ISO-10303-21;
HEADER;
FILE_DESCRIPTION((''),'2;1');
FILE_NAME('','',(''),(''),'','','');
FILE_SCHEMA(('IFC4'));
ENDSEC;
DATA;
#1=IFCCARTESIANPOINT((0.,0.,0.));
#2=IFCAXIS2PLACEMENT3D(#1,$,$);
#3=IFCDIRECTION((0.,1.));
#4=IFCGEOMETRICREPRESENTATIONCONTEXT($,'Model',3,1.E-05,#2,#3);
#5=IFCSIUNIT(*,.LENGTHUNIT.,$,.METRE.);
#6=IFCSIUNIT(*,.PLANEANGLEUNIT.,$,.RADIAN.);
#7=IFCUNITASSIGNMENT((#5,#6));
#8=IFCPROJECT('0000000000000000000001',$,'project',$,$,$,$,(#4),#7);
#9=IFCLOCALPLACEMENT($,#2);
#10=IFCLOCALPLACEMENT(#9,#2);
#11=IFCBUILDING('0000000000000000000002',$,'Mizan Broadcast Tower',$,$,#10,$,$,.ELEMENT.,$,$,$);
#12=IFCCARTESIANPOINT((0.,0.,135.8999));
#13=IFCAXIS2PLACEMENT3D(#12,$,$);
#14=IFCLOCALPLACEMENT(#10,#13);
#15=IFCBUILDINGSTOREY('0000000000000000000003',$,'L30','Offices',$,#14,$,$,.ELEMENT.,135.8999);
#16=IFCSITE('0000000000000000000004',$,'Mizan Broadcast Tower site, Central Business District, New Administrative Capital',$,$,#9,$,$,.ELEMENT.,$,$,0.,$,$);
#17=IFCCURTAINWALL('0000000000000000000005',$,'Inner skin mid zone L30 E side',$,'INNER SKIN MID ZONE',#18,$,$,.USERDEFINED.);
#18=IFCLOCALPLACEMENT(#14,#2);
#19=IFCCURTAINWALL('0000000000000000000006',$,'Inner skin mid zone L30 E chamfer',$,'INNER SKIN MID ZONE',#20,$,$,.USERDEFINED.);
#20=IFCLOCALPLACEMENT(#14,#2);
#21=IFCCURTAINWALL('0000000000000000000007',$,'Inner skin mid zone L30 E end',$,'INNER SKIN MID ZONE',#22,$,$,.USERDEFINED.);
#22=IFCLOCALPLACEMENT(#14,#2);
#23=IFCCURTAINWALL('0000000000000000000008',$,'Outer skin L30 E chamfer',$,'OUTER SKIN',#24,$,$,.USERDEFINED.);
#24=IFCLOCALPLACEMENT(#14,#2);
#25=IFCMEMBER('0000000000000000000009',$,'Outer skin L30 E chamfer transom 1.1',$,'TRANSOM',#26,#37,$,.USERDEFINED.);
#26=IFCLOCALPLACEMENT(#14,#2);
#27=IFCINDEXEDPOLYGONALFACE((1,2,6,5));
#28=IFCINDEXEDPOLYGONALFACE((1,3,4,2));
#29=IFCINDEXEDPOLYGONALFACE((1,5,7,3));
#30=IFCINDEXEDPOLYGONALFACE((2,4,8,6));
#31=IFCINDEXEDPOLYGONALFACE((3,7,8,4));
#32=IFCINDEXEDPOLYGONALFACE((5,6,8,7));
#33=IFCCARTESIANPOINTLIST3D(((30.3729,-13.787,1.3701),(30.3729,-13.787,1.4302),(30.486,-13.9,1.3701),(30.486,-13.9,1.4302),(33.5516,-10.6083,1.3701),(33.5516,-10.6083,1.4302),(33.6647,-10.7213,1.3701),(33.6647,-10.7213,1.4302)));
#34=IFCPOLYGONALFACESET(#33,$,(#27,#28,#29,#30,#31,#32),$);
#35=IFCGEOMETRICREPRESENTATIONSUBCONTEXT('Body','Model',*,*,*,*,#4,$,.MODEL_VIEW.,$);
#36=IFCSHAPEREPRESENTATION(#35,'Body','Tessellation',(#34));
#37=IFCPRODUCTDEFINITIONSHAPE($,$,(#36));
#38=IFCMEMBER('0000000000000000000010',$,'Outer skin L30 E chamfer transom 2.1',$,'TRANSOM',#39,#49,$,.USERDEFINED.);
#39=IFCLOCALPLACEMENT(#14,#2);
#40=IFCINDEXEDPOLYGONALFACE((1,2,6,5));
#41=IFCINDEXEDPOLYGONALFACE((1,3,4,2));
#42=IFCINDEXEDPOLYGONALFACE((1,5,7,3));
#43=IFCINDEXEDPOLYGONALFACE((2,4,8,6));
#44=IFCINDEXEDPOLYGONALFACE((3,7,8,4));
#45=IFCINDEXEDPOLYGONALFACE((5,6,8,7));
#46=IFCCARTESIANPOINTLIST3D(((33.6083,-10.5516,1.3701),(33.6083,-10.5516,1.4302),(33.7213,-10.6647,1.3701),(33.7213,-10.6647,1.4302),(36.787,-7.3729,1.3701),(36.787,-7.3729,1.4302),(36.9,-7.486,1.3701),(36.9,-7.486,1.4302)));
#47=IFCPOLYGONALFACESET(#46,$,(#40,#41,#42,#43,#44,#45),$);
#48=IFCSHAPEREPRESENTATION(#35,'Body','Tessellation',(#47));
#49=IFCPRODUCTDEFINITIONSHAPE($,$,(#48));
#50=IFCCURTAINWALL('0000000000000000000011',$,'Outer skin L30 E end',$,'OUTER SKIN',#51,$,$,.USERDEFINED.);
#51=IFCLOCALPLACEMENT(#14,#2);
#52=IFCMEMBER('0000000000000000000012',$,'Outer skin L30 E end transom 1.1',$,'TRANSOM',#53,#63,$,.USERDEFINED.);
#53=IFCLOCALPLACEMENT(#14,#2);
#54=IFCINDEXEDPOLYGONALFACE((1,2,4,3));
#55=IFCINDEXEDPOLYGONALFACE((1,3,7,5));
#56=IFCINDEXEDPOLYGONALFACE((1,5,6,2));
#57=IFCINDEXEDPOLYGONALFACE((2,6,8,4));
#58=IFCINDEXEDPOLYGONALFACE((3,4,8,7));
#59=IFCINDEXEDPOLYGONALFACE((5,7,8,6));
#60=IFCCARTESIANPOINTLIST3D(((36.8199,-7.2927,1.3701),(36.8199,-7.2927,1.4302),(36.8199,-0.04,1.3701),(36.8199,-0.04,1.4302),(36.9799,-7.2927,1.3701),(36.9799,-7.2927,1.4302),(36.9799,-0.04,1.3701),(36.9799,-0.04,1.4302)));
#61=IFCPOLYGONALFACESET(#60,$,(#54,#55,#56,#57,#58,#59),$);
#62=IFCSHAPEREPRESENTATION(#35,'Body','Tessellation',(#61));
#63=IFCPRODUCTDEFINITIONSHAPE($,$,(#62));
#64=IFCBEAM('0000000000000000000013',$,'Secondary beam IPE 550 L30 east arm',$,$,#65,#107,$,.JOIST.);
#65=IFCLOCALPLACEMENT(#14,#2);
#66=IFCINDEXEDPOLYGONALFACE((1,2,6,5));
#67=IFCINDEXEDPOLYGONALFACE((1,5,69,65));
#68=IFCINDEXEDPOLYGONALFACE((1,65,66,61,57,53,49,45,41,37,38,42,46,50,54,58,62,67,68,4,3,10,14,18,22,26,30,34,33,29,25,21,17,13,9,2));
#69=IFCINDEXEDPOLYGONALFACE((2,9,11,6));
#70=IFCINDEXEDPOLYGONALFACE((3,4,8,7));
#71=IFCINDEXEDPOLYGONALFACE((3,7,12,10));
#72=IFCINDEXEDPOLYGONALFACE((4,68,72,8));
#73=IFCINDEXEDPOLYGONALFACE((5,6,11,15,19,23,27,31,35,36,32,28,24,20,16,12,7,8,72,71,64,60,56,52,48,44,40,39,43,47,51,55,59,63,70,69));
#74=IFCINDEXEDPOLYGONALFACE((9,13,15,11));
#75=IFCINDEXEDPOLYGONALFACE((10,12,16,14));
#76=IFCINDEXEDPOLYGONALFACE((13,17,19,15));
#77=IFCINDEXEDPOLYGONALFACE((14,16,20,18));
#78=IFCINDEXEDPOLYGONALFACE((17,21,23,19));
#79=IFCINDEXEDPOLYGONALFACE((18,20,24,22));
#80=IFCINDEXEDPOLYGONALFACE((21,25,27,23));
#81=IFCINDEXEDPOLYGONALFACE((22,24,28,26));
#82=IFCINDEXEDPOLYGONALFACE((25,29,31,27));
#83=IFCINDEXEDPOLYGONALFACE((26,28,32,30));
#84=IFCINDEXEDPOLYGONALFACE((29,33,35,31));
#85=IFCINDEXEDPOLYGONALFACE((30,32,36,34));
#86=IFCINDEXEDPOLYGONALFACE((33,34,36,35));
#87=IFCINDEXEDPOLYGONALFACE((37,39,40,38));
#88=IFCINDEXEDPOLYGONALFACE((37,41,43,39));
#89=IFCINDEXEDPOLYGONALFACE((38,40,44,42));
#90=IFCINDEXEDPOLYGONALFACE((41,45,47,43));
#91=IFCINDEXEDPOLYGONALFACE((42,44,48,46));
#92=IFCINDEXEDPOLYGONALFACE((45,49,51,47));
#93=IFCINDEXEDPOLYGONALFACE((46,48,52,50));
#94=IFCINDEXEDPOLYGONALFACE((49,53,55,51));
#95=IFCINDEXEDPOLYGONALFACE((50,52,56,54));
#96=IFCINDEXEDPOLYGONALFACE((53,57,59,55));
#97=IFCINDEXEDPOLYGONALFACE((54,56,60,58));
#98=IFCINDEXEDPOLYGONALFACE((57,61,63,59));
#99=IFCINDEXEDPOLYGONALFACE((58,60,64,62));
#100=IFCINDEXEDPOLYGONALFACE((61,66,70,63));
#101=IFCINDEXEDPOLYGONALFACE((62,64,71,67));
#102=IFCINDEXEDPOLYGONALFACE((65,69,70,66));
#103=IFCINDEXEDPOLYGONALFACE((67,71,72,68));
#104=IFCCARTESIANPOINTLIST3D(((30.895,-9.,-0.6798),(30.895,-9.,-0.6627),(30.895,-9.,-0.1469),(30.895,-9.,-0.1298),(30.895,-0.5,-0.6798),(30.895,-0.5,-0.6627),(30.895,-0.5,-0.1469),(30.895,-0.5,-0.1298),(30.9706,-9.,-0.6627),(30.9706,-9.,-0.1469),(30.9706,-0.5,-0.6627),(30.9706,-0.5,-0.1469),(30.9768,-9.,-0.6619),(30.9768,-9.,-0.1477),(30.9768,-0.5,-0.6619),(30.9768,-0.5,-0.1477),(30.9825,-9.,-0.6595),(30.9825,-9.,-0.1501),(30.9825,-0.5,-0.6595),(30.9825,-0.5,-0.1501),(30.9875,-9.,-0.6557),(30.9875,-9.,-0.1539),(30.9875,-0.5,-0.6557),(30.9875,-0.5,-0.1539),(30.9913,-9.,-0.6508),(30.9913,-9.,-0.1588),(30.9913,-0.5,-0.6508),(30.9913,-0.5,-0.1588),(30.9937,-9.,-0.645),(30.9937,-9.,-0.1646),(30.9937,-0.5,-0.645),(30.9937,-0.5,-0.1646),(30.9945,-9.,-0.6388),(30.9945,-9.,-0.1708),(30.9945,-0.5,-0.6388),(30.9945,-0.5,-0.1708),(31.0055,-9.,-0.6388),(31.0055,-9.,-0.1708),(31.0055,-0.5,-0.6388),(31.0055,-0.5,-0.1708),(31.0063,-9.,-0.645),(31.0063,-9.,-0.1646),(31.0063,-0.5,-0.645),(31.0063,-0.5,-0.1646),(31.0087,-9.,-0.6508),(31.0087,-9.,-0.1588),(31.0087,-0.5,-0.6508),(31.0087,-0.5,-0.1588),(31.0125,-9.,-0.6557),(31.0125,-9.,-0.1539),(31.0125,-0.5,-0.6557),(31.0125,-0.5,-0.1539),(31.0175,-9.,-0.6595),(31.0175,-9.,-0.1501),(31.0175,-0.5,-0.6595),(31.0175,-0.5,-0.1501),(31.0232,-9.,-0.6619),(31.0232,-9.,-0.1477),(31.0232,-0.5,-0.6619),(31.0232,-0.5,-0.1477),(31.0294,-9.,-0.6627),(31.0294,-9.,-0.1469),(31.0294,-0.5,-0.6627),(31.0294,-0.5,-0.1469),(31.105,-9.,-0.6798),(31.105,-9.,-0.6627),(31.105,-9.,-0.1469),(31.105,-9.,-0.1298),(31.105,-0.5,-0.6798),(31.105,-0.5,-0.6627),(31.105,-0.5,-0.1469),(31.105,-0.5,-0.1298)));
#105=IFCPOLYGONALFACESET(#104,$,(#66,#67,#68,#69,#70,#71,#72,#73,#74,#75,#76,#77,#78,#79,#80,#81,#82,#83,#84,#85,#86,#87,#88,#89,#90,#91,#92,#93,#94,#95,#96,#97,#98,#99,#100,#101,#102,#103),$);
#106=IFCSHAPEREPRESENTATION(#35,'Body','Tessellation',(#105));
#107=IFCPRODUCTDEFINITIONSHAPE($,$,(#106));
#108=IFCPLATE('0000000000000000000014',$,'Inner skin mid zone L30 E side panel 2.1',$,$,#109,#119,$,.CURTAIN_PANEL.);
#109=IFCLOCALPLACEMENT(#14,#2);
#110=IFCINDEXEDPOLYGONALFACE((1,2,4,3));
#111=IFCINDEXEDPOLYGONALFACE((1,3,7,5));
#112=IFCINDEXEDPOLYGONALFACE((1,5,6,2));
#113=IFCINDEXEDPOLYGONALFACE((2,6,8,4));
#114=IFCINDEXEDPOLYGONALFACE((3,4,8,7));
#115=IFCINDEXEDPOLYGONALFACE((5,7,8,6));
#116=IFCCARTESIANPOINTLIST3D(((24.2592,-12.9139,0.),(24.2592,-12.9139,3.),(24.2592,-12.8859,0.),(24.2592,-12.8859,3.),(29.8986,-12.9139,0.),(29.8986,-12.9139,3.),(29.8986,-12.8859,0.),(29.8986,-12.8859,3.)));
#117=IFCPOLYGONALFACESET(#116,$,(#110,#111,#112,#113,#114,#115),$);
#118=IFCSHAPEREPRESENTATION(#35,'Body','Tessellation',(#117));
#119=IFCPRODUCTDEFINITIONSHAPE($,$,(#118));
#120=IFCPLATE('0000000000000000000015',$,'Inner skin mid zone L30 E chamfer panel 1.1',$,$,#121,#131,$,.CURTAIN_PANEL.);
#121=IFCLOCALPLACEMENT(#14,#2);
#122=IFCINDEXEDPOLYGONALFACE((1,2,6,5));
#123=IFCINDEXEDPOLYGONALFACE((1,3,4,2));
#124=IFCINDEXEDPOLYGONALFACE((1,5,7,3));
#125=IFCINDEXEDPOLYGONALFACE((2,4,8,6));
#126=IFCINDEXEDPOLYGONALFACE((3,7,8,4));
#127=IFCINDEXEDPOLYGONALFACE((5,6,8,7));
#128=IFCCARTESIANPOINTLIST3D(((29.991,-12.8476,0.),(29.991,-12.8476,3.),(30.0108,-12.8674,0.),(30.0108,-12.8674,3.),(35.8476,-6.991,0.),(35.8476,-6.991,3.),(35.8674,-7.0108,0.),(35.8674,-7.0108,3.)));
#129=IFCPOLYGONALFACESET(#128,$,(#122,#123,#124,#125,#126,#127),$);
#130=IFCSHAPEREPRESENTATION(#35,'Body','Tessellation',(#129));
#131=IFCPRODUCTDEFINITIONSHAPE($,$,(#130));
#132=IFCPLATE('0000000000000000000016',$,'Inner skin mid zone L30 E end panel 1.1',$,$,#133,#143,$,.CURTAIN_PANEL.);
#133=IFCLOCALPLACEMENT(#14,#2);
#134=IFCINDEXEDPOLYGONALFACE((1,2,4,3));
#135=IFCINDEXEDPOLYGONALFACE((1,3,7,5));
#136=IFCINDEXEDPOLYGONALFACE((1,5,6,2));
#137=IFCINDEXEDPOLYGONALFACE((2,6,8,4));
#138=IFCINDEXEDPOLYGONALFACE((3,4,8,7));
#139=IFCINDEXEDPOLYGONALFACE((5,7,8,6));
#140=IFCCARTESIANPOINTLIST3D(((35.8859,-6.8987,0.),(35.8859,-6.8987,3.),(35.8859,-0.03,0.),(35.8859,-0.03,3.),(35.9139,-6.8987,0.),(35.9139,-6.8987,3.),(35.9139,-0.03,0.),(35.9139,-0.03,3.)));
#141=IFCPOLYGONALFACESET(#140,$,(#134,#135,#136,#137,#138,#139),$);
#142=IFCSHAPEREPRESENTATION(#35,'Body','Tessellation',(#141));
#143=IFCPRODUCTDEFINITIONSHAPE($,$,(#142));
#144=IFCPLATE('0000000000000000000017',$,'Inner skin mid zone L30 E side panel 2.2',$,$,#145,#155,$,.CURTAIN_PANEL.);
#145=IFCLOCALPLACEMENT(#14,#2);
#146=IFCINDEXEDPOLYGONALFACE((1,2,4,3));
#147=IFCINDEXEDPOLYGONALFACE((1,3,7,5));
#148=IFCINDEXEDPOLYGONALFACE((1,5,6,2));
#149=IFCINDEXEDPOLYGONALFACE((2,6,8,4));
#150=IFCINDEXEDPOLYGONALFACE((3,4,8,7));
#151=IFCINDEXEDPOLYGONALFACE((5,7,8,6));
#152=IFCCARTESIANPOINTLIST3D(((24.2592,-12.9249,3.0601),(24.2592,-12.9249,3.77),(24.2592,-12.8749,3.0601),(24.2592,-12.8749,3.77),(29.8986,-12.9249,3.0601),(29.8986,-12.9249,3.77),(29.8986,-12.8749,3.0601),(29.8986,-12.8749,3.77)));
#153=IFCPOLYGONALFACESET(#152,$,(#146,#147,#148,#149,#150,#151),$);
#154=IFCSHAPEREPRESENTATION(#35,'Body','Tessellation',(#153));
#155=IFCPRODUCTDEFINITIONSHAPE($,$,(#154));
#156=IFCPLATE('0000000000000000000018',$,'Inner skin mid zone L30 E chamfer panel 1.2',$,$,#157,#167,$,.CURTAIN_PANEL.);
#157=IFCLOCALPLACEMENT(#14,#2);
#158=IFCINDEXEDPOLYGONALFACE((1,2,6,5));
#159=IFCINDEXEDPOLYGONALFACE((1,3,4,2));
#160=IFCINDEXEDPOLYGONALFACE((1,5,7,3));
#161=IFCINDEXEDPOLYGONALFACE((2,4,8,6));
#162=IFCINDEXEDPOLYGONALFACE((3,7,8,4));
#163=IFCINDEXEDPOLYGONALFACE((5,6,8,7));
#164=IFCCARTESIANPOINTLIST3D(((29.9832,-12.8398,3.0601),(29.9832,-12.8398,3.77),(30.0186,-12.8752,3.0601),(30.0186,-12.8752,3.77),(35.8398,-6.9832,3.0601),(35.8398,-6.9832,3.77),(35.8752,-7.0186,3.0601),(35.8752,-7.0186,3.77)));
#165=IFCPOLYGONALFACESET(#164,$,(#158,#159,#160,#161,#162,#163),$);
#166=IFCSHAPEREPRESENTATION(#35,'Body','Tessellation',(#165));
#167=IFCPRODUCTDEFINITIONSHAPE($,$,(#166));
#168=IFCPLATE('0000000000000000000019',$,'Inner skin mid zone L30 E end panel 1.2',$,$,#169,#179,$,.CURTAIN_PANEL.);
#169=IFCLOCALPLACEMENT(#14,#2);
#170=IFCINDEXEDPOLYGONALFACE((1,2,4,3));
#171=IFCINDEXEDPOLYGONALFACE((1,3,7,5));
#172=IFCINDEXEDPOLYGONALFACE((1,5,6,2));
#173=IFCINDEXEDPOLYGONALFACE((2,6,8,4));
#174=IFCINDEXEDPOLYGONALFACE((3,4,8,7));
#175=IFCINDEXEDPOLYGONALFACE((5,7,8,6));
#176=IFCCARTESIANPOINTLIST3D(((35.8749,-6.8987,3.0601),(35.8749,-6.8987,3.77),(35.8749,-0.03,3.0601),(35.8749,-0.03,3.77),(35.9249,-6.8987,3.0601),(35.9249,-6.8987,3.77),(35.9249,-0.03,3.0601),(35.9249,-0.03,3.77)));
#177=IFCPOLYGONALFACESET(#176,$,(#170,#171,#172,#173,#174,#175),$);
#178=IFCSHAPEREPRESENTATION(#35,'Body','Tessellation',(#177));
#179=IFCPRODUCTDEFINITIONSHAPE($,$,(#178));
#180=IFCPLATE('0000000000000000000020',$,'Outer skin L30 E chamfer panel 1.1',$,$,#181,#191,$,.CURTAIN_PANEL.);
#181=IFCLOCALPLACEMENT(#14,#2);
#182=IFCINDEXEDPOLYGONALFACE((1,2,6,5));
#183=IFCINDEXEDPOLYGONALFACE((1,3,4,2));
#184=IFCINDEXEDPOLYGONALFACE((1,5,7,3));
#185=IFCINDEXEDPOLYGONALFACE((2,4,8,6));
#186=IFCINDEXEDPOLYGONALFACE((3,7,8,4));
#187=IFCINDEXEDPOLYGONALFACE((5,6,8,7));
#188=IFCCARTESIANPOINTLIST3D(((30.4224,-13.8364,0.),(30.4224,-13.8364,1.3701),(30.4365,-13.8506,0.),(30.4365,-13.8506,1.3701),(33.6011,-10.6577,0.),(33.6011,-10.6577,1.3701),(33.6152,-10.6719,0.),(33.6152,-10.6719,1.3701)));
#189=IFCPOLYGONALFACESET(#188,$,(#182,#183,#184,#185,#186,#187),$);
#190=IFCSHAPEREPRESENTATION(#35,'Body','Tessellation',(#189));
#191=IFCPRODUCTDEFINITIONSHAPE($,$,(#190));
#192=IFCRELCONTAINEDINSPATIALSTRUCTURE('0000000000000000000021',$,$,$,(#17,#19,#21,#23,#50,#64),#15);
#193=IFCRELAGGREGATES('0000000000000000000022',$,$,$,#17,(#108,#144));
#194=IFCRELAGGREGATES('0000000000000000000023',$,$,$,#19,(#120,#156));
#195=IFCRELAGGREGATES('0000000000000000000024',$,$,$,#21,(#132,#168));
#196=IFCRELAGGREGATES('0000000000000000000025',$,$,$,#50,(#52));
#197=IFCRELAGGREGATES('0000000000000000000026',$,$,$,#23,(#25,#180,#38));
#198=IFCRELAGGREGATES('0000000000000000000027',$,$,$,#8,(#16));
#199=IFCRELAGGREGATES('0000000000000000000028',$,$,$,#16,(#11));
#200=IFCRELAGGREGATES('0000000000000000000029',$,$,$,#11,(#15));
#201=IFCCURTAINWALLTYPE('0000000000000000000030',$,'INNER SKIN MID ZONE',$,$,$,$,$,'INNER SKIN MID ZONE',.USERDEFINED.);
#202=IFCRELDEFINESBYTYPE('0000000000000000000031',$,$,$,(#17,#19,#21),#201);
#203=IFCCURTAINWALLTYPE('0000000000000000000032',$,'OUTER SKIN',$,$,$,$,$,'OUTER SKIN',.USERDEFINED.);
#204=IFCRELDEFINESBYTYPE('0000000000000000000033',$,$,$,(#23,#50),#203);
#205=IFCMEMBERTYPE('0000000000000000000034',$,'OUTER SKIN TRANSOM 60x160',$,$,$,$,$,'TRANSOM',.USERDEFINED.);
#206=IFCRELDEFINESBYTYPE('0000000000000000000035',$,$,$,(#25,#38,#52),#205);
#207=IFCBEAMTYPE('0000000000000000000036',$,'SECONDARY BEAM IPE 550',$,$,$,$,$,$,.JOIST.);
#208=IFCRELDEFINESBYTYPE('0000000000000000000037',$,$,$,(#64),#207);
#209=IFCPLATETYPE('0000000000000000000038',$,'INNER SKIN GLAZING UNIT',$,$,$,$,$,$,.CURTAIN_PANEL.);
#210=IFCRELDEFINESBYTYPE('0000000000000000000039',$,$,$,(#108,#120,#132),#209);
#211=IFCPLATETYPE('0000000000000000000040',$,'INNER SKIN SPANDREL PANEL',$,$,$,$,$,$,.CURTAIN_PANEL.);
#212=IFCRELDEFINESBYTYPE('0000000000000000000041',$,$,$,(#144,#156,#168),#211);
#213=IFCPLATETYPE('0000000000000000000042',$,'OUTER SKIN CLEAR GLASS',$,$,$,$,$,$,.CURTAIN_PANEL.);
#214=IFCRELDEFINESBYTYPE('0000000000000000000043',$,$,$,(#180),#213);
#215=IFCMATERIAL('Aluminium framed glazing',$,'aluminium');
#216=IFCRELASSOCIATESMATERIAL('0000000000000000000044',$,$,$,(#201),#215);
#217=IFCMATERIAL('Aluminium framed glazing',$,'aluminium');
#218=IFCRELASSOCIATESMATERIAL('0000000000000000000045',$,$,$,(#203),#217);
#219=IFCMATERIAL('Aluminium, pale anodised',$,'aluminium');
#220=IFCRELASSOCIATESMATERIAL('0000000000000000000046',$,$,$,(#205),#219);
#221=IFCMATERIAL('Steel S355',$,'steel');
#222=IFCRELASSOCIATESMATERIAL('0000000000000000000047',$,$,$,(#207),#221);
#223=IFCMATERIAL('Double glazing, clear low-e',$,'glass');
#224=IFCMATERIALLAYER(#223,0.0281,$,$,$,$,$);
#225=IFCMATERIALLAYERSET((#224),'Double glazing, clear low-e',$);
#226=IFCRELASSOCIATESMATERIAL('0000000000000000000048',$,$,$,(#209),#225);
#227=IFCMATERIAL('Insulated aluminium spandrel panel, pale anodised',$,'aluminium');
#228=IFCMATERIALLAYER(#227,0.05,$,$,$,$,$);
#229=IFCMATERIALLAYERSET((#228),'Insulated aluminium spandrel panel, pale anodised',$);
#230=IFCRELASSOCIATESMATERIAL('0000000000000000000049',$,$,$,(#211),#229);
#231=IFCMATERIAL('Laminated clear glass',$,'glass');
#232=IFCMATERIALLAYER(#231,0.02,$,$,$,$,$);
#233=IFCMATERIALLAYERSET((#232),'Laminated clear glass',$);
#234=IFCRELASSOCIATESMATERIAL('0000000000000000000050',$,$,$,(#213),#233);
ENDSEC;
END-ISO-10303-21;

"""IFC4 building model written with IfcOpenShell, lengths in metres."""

from ifc_helpers import new_model, si_unit, direction, frame, origin, origin_2d, place, context, subcontext, project, spatial, rectangle, i_section, extrude, material, layer, layer_set, material_profile, profile_set, type_object, element, aggregate, save


model = new_model("IFC4")

# Units and contexts
model_context = context("Model", 3, precision=1e-05, world=origin(), true_north=direction((0.0, 1.0)))
body_context = subcontext(model_context, "Body", "Model", "MODEL_VIEW")
ifc_project = project(units=[si_unit("LENGTHUNIT", "METRE"), si_unit("PLANEANGLEUNIT", "RADIAN")], contexts=[model_context])

# Site, building, storey
site_placement = place(None, origin())
site = spatial("IfcSite", under=ifc_project, at=site_placement, Name="Mizan Broadcast Tower site, Central Business District, New Administrative Capital", CompositionType="ELEMENT", RefElevation=0.0)
building_placement = place(site_placement, origin())
building = spatial("IfcBuilding", under=site, at=building_placement, Name="Mizan Broadcast Tower", CompositionType="ELEMENT")
storey_placement = place(building_placement, frame((0.0, 0.0, 135.8999)))
storey = spatial("IfcBuildingStorey", under=building, at=storey_placement, Name="L30", Description="Offices", CompositionType="ELEMENT", Elevation=135.8999)

# Curtain wall
ifc_material_1 = material(Name="Aluminium framed glazing", Category="aluminium")
curtain_wall_type_1 = type_object("IfcCurtainWallType", Name="INNER SKIN MID ZONE", ElementType="INNER SKIN MID ZONE", PredefinedType="USERDEFINED", material=ifc_material_1)
curtain_wall_1_placement = place(storey_placement, origin())
curtain_wall_1 = element("IfcCurtainWall", 1, at=curtain_wall_1_placement, inside=storey, type_object=curtain_wall_type_1, Name="Inner skin mid zone L30 E side", ObjectType="INNER SKIN MID ZONE", PredefinedType="USERDEFINED")

# Curtain wall
curtain_wall_2_placement = place(storey_placement, origin())
curtain_wall_2 = element("IfcCurtainWall", 2, at=curtain_wall_2_placement, inside=storey, type_object=curtain_wall_type_1, Name="Inner skin mid zone L30 E chamfer", ObjectType="INNER SKIN MID ZONE", PredefinedType="USERDEFINED")

# Curtain wall
curtain_wall_3_placement = place(storey_placement, origin())
curtain_wall_3 = element("IfcCurtainWall", 3, at=curtain_wall_3_placement, inside=storey, type_object=curtain_wall_type_1, Name="Inner skin mid zone L30 E end", ObjectType="INNER SKIN MID ZONE", PredefinedType="USERDEFINED")

# Curtain wall
ifc_material_2 = material(Name="Aluminium framed glazing", Category="aluminium")
curtain_wall_type_2 = type_object("IfcCurtainWallType", Name="OUTER SKIN", ElementType="OUTER SKIN", PredefinedType="USERDEFINED", material=ifc_material_2)
curtain_wall_4_placement = place(storey_placement, origin())
curtain_wall_4 = element("IfcCurtainWall", 4, at=curtain_wall_4_placement, inside=storey, type_object=curtain_wall_type_2, Name="Outer skin L30 E chamfer", ObjectType="OUTER SKIN", PredefinedType="USERDEFINED")

# Members
ifc_material_3 = material(Name="Aluminium, pale anodised", Category="aluminium")
ifc_material_profile_1 = material_profile(ifc_material_3, rectangle(XDim=0.1599, YDim=0.0601, at=origin_2d()), Name="TRANSOM 160x60")
ifc_profile_set_1 = profile_set([ifc_material_profile_1], Name="Aluminium, pale anodised")
member_type_1 = type_object("IfcMemberType", Name="OUTER SKIN TRANSOM 60x160", ElementType="TRANSOM", PredefinedType="USERDEFINED", material=ifc_profile_set_1)
member_1_placement = place(storey_placement, frame((30.4294, -13.8435, 1.4001), z_axis=(0.707107, 0.707107, 0.0), x_axis=(-0.707107, 0.707107, 0.0)))
member_1 = element("IfcMember", 5, at=member_1_placement, type_object=member_type_1, Name="Outer skin L30 E chamfer transom 1.1", ObjectType="TRANSOM", PredefinedType="USERDEFINED", context=body_context, shape_type="SweptSolid", body=[
    extrude(rectangle(XDim=0.1599, YDim=0.0601, at=origin_2d()), origin(), (0.0, 0.0, 1.0), 4.4954),
])
member_2_placement = place(storey_placement, frame((33.6648, -10.6082, 1.4001), z_axis=(0.707107, 0.707107, 0.0), x_axis=(-0.707107, 0.707107, 0.0)))
member_2 = element("IfcMember", 6, at=member_2_placement, type_object=member_type_1, Name="Outer skin L30 E chamfer transom 2.1", ObjectType="TRANSOM", PredefinedType="USERDEFINED", context=body_context, shape_type="SweptSolid", body=[
    extrude(rectangle(XDim=0.1599, YDim=0.0601, at=origin_2d()), origin(), (0.0, 0.0, 1.0), 4.4954),
])

# Curtain wall, member
curtain_wall_5_placement = place(storey_placement, origin())
curtain_wall_5 = element("IfcCurtainWall", 7, at=curtain_wall_5_placement, inside=storey, type_object=curtain_wall_type_2, Name="Outer skin L30 E end", ObjectType="OUTER SKIN", PredefinedType="USERDEFINED")
member_3_placement = place(storey_placement, frame((36.8999, -7.2927, 1.4001), z_axis=(0.0, 1.0, 0.0), x_axis=(-1.0, 0.0, 0.0)))
member_3 = element("IfcMember", 8, at=member_3_placement, type_object=member_type_1, Name="Outer skin L30 E end transom 1.1", ObjectType="TRANSOM", PredefinedType="USERDEFINED", context=body_context, shape_type="SweptSolid", body=[
    extrude(rectangle(XDim=0.1599, YDim=0.0601, at=origin_2d()), origin(), (0.0, 0.0, 1.0), 7.2527),
])

# Beam
ifc_material_4 = material(Name="Steel S355", Category="steel")
ifc_material_profile_2 = material_profile(ifc_material_4, i_section(OverallWidth=0.21, OverallDepth=0.55, WebThickness=0.011, FlangeThickness=0.0171, FilletRadius=0.0239, at=origin_2d()), Name="IPE 550")
ifc_profile_set_2 = profile_set([ifc_material_profile_2], Name="Steel S355")
beam_type_1 = type_object("IfcBeamType", Name="SECONDARY BEAM IPE 550", PredefinedType="JOIST", material=ifc_profile_set_2)
beam_1_placement = place(storey_placement, frame((31.0, -9.0, -0.4048), z_axis=(0.0, 1.0, 0.0), x_axis=(-1.0, 0.0, 0.0)))
element("IfcBeam", 9, at=beam_1_placement, inside=storey, type_object=beam_type_1, Name="Secondary beam IPE 550 L30 east arm", PredefinedType="JOIST", context=body_context, shape_type="SweptSolid", body=[
    extrude(i_section(OverallWidth=0.21, OverallDepth=0.55, WebThickness=0.011, FlangeThickness=0.0171, FilletRadius=0.0239, at=origin_2d()), origin(), (0.0, 0.0, 1.0), 8.5),
])

# Plates
ifc_material_5 = material(Name="Double glazing, clear low-e", Category="glass")
ifc_layer_1 = layer(ifc_material_5, 0.0281)
ifc_layer_set_1 = layer_set([ifc_layer_1], Name="Double glazing, clear low-e")
plate_type_1 = type_object("IfcPlateType", Name="INNER SKIN GLAZING UNIT", PredefinedType="CURTAIN_PANEL", material=ifc_layer_set_1)
plate_1_placement = place(storey_placement, frame((27.0789, -12.8999, 0.0), z_axis=(0.0, 0.0, 1.0), x_axis=(1.0, 0.0, 0.0)))
plate_1 = element("IfcPlate", 10, at=plate_1_placement, type_object=plate_type_1, Name="Inner skin mid zone L30 E side panel 2.1", PredefinedType="CURTAIN_PANEL", context=body_context, shape_type="SweptSolid", body=[
    extrude(rectangle(XDim=5.6394, YDim=0.0281, at=origin_2d()), origin(), (0.0, 0.0, 1.0), 3.0),
])
plate_2_placement = place(storey_placement, frame((32.9292, -9.9292, 0.0), z_axis=(0.0, 0.0, 1.0), x_axis=(0.707107, 0.707107, 0.0)))
plate_2 = element("IfcPlate", 11, at=plate_2_placement, type_object=plate_type_1, Name="Inner skin mid zone L30 E chamfer panel 1.1", PredefinedType="CURTAIN_PANEL", context=body_context, shape_type="SweptSolid", body=[
    extrude(rectangle(XDim=8.2825, YDim=0.0281, at=origin_2d()), origin(), (0.0, 0.0, 1.0), 3.0),
])
plate_3_placement = place(storey_placement, frame((35.8999, -3.4644, 0.0), z_axis=(0.0, 0.0, 1.0), x_axis=(0.0, 1.0, 0.0)))
plate_3 = element("IfcPlate", 12, at=plate_3_placement, type_object=plate_type_1, Name="Inner skin mid zone L30 E end panel 1.1", PredefinedType="CURTAIN_PANEL", context=body_context, shape_type="SweptSolid", body=[
    extrude(rectangle(XDim=6.8687, YDim=0.0281, at=origin_2d()), origin(), (0.0, 0.0, 1.0), 3.0),
])
ifc_material_6 = material(Name="Insulated aluminium spandrel panel, pale anodised", Category="aluminium")
ifc_layer_2 = layer(ifc_material_6, 0.05)
ifc_layer_set_2 = layer_set([ifc_layer_2], Name="Insulated aluminium spandrel panel, pale anodised")
plate_type_2 = type_object("IfcPlateType", Name="INNER SKIN SPANDREL PANEL", PredefinedType="CURTAIN_PANEL", material=ifc_layer_set_2)
plate_4_placement = place(storey_placement, frame((27.0789, -12.8999, 3.0601), z_axis=(0.0, 0.0, 1.0), x_axis=(1.0, 0.0, 0.0)))
plate_4 = element("IfcPlate", 13, at=plate_4_placement, type_object=plate_type_2, Name="Inner skin mid zone L30 E side panel 2.2", PredefinedType="CURTAIN_PANEL", context=body_context, shape_type="SweptSolid", body=[
    extrude(rectangle(XDim=5.6394, YDim=0.05, at=origin_2d()), origin(), (0.0, 0.0, 1.0), 0.71),
])
aggregate(curtain_wall_1, [plate_1, plate_4])
plate_5_placement = place(storey_placement, frame((32.9292, -9.9292, 3.0601), z_axis=(0.0, 0.0, 1.0), x_axis=(0.707107, 0.707107, 0.0)))
plate_5 = element("IfcPlate", 14, at=plate_5_placement, type_object=plate_type_2, Name="Inner skin mid zone L30 E chamfer panel 1.2", PredefinedType="CURTAIN_PANEL", context=body_context, shape_type="SweptSolid", body=[
    extrude(rectangle(XDim=8.2825, YDim=0.05, at=origin_2d()), origin(), (0.0, 0.0, 1.0), 0.71),
])
aggregate(curtain_wall_2, [plate_2, plate_5])
plate_6_placement = place(storey_placement, frame((35.8999, -3.4644, 3.0601), z_axis=(0.0, 0.0, 1.0), x_axis=(0.0, 1.0, 0.0)))
plate_6 = element("IfcPlate", 15, at=plate_6_placement, type_object=plate_type_2, Name="Inner skin mid zone L30 E end panel 1.2", PredefinedType="CURTAIN_PANEL", context=body_context, shape_type="SweptSolid", body=[
    extrude(rectangle(XDim=6.8687, YDim=0.05, at=origin_2d()), origin(), (0.0, 0.0, 1.0), 0.71),
])
aggregate(curtain_wall_3, [plate_3, plate_6])
ifc_material_7 = material(Name="Laminated clear glass", Category="glass")
ifc_layer_3 = layer(ifc_material_7, 0.02)
ifc_layer_set_3 = layer_set([ifc_layer_3], Name="Laminated clear glass")
plate_type_3 = type_object("IfcPlateType", Name="OUTER SKIN CLEAR GLASS", PredefinedType="CURTAIN_PANEL", material=ifc_layer_set_3)
plate_7_placement = place(storey_placement, frame((32.0188, -12.2542, 0.0), z_axis=(0.0, 0.0, 1.0), x_axis=(0.707107, 0.707107, 0.0)))
plate_7 = element("IfcPlate", 16, at=plate_7_placement, type_object=plate_type_3, Name="Outer skin L30 E chamfer panel 1.1", PredefinedType="CURTAIN_PANEL", context=body_context, shape_type="SweptSolid", body=[
    extrude(rectangle(XDim=4.4954, YDim=0.02, at=origin_2d()), origin(), (0.0, 0.0, 1.0), 1.3701),
])
aggregate(curtain_wall_5, [member_3])
aggregate(curtain_wall_4, [member_1, plate_7, member_2])

save(model, "model.ifc")
